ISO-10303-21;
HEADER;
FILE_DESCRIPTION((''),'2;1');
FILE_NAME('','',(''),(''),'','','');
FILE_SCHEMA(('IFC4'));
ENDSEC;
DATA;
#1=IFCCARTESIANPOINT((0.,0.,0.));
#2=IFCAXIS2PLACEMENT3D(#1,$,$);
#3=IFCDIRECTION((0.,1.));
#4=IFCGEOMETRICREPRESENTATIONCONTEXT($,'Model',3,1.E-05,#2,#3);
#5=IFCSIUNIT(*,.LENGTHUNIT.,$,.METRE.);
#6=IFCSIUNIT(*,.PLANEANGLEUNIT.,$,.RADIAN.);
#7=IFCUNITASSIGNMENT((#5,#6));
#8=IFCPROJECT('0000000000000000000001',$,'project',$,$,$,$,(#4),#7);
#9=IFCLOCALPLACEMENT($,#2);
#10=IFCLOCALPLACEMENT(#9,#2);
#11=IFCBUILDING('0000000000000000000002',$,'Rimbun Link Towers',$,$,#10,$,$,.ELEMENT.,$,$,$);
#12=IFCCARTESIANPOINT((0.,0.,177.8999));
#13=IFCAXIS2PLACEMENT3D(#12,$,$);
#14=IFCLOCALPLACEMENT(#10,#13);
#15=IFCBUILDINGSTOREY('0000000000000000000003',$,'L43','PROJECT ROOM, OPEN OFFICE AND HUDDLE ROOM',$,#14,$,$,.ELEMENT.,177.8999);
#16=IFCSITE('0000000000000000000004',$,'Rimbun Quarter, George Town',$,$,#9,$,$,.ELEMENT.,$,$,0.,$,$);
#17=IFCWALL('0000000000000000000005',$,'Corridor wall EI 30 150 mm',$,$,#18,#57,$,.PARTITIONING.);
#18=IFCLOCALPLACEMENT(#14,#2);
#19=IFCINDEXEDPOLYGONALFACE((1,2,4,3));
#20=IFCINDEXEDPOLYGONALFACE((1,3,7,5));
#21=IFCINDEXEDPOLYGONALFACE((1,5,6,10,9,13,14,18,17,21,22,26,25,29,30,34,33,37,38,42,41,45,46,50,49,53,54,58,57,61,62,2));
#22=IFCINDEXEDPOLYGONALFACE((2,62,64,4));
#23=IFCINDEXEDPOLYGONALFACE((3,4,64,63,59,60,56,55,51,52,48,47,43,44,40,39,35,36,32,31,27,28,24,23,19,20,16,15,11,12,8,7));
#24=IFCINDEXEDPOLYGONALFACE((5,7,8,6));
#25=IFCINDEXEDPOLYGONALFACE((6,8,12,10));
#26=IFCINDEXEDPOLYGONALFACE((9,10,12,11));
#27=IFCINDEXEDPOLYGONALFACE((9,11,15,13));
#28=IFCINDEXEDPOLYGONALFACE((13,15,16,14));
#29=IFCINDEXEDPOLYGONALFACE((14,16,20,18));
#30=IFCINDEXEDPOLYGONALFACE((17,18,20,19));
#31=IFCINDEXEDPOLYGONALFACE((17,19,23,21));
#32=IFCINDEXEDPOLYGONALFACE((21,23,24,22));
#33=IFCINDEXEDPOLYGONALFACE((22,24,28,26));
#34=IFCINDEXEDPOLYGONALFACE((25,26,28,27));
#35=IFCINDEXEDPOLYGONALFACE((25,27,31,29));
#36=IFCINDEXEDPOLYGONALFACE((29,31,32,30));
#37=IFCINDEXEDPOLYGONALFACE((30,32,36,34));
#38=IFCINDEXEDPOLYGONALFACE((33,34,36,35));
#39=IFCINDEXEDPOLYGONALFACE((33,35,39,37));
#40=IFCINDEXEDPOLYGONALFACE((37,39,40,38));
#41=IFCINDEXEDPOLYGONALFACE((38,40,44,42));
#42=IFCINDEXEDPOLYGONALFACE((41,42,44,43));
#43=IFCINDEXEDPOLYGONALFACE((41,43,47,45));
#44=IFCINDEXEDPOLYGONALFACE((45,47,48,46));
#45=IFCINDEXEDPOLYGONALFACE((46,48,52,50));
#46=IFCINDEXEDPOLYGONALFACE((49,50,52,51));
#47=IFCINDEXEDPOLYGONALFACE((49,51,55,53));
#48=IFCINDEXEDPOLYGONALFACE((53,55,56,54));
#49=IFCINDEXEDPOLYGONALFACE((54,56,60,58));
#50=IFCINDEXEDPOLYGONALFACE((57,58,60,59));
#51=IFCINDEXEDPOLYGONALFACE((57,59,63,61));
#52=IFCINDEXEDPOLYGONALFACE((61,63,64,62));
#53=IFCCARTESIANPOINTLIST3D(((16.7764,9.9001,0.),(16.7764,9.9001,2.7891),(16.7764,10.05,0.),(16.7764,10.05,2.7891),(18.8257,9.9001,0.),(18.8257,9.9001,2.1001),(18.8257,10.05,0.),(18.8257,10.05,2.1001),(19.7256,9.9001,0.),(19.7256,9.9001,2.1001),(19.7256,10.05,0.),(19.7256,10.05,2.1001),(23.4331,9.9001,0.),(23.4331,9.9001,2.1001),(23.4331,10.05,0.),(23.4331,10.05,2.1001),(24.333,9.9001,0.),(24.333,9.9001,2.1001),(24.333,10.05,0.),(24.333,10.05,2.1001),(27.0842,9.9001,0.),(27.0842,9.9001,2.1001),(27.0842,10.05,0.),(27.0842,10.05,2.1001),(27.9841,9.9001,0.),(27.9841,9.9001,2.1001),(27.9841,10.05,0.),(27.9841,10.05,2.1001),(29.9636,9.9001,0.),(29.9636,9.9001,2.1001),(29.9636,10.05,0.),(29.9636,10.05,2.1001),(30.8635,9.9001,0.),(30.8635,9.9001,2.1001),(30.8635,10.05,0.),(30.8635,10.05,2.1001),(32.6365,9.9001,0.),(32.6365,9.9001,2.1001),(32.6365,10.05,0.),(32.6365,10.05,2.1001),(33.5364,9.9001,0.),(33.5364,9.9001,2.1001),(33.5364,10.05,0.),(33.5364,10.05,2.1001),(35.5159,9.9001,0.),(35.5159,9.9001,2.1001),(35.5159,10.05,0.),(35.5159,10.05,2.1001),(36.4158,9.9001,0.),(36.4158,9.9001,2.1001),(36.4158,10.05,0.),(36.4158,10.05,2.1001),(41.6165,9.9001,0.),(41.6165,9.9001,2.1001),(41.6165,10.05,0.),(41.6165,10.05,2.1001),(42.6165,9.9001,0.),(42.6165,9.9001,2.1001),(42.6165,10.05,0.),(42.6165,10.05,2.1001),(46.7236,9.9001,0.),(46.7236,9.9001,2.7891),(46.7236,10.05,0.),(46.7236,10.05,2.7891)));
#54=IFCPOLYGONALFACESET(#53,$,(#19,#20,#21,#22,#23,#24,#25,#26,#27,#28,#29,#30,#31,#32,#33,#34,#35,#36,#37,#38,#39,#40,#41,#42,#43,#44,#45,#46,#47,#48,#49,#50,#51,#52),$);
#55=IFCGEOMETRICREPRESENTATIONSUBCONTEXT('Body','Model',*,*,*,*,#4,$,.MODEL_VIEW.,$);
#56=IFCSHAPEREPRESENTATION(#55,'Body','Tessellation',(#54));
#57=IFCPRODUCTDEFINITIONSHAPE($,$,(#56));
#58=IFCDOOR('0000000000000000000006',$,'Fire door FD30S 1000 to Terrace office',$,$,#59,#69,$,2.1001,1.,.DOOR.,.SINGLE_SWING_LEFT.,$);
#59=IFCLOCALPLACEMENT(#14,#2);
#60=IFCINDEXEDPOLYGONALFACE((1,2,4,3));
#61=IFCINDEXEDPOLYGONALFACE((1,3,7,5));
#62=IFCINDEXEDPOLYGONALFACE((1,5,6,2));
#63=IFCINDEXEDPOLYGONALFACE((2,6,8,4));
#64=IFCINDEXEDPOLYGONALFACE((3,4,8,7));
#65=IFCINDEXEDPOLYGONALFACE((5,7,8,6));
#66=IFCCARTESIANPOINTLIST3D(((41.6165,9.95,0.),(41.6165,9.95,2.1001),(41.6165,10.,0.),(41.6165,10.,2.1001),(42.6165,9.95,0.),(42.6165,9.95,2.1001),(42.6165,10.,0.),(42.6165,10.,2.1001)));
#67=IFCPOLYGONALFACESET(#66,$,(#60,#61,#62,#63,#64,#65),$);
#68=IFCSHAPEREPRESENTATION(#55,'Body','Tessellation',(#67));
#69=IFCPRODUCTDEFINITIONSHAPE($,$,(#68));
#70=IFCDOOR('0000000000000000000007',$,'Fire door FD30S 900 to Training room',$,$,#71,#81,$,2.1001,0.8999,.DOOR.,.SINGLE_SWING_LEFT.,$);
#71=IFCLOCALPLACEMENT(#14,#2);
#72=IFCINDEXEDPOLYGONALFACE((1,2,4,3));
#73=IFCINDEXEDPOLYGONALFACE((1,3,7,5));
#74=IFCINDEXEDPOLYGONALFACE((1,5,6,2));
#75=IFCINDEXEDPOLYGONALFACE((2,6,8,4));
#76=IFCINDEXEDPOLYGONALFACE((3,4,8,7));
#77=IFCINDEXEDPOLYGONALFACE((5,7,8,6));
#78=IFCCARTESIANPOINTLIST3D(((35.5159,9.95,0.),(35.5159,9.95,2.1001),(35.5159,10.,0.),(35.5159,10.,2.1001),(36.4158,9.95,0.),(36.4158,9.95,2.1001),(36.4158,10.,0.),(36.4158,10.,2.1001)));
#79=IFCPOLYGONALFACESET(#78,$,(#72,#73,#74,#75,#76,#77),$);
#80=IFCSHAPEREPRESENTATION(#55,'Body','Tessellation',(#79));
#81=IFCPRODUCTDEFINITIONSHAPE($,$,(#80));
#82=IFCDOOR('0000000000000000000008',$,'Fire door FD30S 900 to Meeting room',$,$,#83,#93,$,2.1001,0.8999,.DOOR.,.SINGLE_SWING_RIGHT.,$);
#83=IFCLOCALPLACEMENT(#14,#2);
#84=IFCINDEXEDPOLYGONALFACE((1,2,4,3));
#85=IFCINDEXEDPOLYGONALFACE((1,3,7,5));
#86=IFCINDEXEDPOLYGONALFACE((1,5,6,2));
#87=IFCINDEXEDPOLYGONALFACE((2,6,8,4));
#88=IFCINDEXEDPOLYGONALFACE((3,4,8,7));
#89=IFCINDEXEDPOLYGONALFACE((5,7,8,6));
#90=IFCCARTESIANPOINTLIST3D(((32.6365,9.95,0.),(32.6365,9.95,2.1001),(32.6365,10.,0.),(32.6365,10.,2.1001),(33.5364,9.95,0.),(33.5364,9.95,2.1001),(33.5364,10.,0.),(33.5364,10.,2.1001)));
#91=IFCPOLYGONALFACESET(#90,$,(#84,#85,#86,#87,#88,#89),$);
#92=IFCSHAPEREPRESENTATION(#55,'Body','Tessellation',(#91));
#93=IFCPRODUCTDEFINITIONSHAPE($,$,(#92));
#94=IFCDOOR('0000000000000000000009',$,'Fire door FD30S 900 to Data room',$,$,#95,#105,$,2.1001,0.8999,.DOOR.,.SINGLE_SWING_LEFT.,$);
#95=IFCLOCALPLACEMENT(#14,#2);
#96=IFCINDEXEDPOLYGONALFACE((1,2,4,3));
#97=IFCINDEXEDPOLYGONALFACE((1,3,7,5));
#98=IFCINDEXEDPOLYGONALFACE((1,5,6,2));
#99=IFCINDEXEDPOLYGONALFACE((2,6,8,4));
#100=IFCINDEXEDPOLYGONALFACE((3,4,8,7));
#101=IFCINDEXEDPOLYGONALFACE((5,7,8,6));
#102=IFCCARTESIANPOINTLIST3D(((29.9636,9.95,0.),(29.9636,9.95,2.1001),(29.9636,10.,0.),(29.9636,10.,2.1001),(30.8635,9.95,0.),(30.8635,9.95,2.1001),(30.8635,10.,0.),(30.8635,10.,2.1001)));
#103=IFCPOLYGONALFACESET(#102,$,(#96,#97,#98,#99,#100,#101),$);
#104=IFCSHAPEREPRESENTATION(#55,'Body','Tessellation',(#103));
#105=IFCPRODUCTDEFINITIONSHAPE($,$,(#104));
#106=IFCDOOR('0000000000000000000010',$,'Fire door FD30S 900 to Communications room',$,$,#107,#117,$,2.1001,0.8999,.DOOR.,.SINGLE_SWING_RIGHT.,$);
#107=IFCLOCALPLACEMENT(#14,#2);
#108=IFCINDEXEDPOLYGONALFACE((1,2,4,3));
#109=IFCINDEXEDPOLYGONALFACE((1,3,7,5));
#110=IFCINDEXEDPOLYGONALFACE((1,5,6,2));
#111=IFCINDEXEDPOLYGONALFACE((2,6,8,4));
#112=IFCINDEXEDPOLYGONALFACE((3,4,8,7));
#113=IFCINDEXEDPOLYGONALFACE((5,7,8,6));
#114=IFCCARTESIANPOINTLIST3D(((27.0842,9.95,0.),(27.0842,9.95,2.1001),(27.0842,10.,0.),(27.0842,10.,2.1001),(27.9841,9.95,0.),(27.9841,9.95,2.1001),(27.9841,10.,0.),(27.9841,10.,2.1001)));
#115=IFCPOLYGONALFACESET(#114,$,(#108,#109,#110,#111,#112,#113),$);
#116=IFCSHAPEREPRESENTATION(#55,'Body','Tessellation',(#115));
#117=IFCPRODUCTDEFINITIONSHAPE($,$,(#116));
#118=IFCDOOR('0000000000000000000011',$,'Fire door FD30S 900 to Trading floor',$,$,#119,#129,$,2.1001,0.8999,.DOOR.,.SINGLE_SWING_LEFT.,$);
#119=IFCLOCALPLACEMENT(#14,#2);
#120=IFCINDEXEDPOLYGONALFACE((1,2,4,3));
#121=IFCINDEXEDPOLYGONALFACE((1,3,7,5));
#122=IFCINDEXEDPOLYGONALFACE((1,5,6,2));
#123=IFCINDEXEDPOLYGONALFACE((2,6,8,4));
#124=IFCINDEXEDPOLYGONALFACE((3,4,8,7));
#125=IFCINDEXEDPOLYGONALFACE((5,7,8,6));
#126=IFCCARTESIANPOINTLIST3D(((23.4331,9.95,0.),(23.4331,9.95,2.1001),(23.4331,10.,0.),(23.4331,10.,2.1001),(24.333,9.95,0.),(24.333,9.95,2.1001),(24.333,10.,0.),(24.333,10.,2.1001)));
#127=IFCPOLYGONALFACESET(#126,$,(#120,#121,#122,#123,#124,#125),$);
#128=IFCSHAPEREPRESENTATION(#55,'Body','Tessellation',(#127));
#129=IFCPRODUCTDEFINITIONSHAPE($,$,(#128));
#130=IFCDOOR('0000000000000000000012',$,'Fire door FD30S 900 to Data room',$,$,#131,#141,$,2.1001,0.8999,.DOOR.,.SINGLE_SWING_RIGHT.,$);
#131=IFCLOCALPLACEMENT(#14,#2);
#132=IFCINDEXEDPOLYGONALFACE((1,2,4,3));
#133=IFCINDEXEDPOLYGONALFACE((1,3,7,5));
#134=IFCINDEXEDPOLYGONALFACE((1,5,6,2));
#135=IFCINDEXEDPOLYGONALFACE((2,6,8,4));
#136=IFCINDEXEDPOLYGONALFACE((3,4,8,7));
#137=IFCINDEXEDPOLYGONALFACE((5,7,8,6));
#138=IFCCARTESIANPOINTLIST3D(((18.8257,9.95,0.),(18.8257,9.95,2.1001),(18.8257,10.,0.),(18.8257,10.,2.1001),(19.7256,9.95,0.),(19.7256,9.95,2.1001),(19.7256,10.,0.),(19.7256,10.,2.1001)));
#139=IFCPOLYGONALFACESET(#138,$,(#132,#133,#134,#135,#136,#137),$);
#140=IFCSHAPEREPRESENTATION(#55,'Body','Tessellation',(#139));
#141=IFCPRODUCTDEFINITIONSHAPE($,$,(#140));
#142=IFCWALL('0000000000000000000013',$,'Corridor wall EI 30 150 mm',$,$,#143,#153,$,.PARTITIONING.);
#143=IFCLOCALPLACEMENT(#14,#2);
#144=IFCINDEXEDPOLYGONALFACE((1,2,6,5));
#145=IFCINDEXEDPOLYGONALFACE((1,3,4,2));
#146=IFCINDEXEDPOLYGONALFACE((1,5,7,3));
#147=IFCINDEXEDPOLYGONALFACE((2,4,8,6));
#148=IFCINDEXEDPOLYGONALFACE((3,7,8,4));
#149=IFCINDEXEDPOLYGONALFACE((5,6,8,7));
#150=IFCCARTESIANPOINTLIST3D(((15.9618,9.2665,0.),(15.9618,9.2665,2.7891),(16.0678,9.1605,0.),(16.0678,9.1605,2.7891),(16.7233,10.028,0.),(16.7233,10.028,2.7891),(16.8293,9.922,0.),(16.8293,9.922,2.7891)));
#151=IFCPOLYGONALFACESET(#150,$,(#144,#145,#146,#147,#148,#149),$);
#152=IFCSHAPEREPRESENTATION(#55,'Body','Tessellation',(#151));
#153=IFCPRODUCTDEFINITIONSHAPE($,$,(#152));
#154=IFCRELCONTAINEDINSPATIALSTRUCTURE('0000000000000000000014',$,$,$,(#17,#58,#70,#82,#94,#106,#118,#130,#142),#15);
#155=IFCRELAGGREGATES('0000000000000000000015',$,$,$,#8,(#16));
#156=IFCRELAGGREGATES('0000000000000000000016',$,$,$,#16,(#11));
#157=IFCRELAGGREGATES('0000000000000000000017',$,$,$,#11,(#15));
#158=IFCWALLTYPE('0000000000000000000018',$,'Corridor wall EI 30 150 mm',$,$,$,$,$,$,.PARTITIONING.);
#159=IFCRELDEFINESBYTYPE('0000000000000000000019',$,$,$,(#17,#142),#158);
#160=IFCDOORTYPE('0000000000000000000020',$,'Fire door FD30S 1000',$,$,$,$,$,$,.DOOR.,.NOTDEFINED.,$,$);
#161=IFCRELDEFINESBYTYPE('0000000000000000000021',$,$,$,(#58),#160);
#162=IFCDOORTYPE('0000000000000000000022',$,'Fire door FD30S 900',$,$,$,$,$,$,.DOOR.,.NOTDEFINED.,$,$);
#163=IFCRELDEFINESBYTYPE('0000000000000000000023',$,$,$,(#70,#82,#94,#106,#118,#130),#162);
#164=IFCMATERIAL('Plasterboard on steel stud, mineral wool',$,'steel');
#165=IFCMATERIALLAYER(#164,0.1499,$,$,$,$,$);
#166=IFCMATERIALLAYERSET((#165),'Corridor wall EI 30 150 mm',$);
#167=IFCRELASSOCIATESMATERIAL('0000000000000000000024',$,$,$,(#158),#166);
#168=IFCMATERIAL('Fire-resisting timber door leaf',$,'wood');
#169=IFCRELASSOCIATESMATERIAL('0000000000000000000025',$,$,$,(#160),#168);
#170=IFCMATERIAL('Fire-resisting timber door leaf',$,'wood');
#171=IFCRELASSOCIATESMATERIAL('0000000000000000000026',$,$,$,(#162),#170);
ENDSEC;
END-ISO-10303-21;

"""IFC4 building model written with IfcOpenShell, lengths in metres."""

from ifc_helpers import new_model, si_unit, direction, frame, frame_2d, origin, place, context, subcontext, project, spatial, rectangle, extrude, material, layer, layer_set, type_object, element, fill, save


model = new_model("IFC4")

# Units and contexts
model_context = context("Model", 3, precision=1e-05, world=origin(), true_north=direction((0.0, 1.0)))
body_context = subcontext(model_context, "Body", "Model", "MODEL_VIEW")
ifc_project = project(units=[si_unit("LENGTHUNIT", "METRE"), si_unit("PLANEANGLEUNIT", "RADIAN")], contexts=[model_context])

# Site, building, storey
site_placement = place(None, origin())
site = spatial("IfcSite", under=ifc_project, at=site_placement, Name="Rimbun Quarter, George Town", CompositionType="ELEMENT", RefElevation=0.0)
building_placement = place(site_placement, origin())
building = spatial("IfcBuilding", under=site, at=building_placement, Name="Rimbun Link Towers", CompositionType="ELEMENT")
storey_placement = place(building_placement, frame((0.0, 0.0, 177.8999)))
storey = spatial("IfcBuildingStorey", under=building, at=storey_placement, Name="L43", Description="PROJECT ROOM, OPEN OFFICE AND HUDDLE ROOM", CompositionType="ELEMENT", Elevation=177.8999)

# Wall, openings, doors
ifc_material_1 = material(Name="Plasterboard on steel stud, mineral wool", Category="steel")
ifc_layer_1 = layer(ifc_material_1, 0.1499)
ifc_layer_set_1 = layer_set([ifc_layer_1], Name="Corridor wall EI 30 150 mm")
wall_type_1 = type_object("IfcWallType", Name="Corridor wall EI 30 150 mm", PredefinedType="PARTITIONING", material=ifc_layer_set_1)
wall_1_placement = place(storey_placement, frame((16.7764, 9.9751, 0.0), z_axis=(0.0, 0.0, 1.0), x_axis=(1.0, 0.0, 0.0)))
wall_1 = element("IfcWall", 1, at=wall_1_placement, inside=storey, type_object=wall_type_1, Name="Corridor wall EI 30 150 mm", PredefinedType="PARTITIONING", context=body_context, shape_type="SweptSolid", body=[
    extrude(rectangle(XDim=29.9473, YDim=0.1499, at=frame_2d((14.9736, 0.0))), origin(), (0.0, 0.0, 1.0), 2.7891),
])
opening_1_placement = place(wall_1_placement, frame((18.7395, 0.0, 0.0)))
opening_1 = element("IfcOpeningElement", 2, at=opening_1_placement, cuts=wall_1, PredefinedType="OPENING", context=body_context, shape_type="SweptSolid", body=[
    extrude(rectangle(XDim=0.8999, YDim=2.1001, at=frame_2d((0.45, 1.05))), frame((0.0, 0.085, 0.0), z_axis=(0.0, -1.0, 0.0), x_axis=(1.0, 0.0, 0.0)), (0.0, 0.0, 1.0), 0.1699),
])
opening_2_placement = place(wall_1_placement, frame((15.8601, 0.0, 0.0)))
opening_2 = element("IfcOpeningElement", 3, at=opening_2_placement, cuts=wall_1, PredefinedType="OPENING", context=body_context, shape_type="SweptSolid", body=[
    extrude(rectangle(XDim=0.8999, YDim=2.1001, at=frame_2d((0.45, 1.05))), frame((0.0, 0.085, 0.0), z_axis=(0.0, -1.0, 0.0), x_axis=(1.0, 0.0, 0.0)), (0.0, 0.0, 1.0), 0.1699),
])
opening_3_placement = place(wall_1_placement, frame((13.1873, 0.0, 0.0)))
opening_3 = element("IfcOpeningElement", 4, at=opening_3_placement, cuts=wall_1, PredefinedType="OPENING", context=body_context, shape_type="SweptSolid", body=[
    extrude(rectangle(XDim=0.8999, YDim=2.1001, at=frame_2d((0.45, 1.05))), frame((0.0, 0.085, 0.0), z_axis=(0.0, -1.0, 0.0), x_axis=(1.0, 0.0, 0.0)), (0.0, 0.0, 1.0), 0.1699),
])
opening_4_placement = place(wall_1_placement, frame((10.3079, 0.0, 0.0)))
opening_4 = element("IfcOpeningElement", 5, at=opening_4_placement, cuts=wall_1, PredefinedType="OPENING", context=body_context, shape_type="SweptSolid", body=[
    extrude(rectangle(XDim=0.8999, YDim=2.1001, at=frame_2d((0.45, 1.05))), frame((0.0, 0.085, 0.0), z_axis=(0.0, -1.0, 0.0), x_axis=(1.0, 0.0, 0.0)), (0.0, 0.0, 1.0), 0.1699),
])
opening_5_placement = place(wall_1_placement, frame((6.6567, 0.0, 0.0)))
opening_5 = element("IfcOpeningElement", 6, at=opening_5_placement, cuts=wall_1, PredefinedType="OPENING", context=body_context, shape_type="SweptSolid", body=[
    extrude(rectangle(XDim=0.8999, YDim=2.1001, at=frame_2d((0.45, 1.05))), frame((0.0, 0.085, 0.0), z_axis=(0.0, -1.0, 0.0), x_axis=(1.0, 0.0, 0.0)), (0.0, 0.0, 1.0), 0.1699),
])
opening_6_placement = place(wall_1_placement, frame((2.0493, 0.0, 0.0)))
opening_6 = element("IfcOpeningElement", 7, at=opening_6_placement, cuts=wall_1, PredefinedType="OPENING", context=body_context, shape_type="SweptSolid", body=[
    extrude(rectangle(XDim=0.8999, YDim=2.1001, at=frame_2d((0.45, 1.05))), frame((0.0, 0.085, 0.0), z_axis=(0.0, -1.0, 0.0), x_axis=(1.0, 0.0, 0.0)), (0.0, 0.0, 1.0), 0.1699),
])
opening_7_placement = place(wall_1_placement, frame((24.8401, 0.0, 0.0)))
opening_7 = element("IfcOpeningElement", 8, at=opening_7_placement, cuts=wall_1, PredefinedType="OPENING", context=body_context, shape_type="SweptSolid", body=[
    extrude(rectangle(XDim=1.0, YDim=2.1001, at=frame_2d((0.5, 1.05))), frame((0.0, 0.085, 0.0), z_axis=(0.0, -1.0, 0.0), x_axis=(1.0, 0.0, 0.0)), (0.0, 0.0, 1.0), 0.1699),
])
ifc_material_2 = material(Name="Fire-resisting timber door leaf", Category="wood")
door_type_1 = type_object("IfcDoorType", Name="Fire door FD30S 1000", OperationType="NOTDEFINED", PredefinedType="DOOR", material=ifc_material_2)
door_1_placement = place(opening_7_placement, origin())
door_1 = element("IfcDoor", 9, at=door_1_placement, inside=storey, type_object=door_type_1, Name="Fire door FD30S 1000 to Terrace office", OperationType="SINGLE_SWING_LEFT", OverallHeight=2.1001, OverallWidth=1.0, PredefinedType="DOOR", context=body_context, shape_type="SweptSolid", body=[
    extrude(rectangle(XDim=1.0, YDim=2.1001, at=frame_2d((0.5, 1.05))), frame((0.0, 0.0249, 0.0), z_axis=(0.0, -1.0, 0.0), x_axis=(1.0, 0.0, 0.0)), (0.0, 0.0, 1.0), 0.05),
])
fill(opening_7, door_1)
ifc_material_3 = material(Name="Fire-resisting timber door leaf", Category="wood")
door_type_2 = type_object("IfcDoorType", Name="Fire door FD30S 900", OperationType="NOTDEFINED", PredefinedType="DOOR", material=ifc_material_3)
door_2_placement = place(opening_1_placement, origin())
door_2 = element("IfcDoor", 10, at=door_2_placement, inside=storey, type_object=door_type_2, Name="Fire door FD30S 900 to Training room", OperationType="SINGLE_SWING_LEFT", OverallHeight=2.1001, OverallWidth=0.8999, PredefinedType="DOOR", context=body_context, shape_type="SweptSolid", body=[
    extrude(rectangle(XDim=0.8999, YDim=2.1001, at=frame_2d((0.45, 1.05))), frame((0.0, 0.0249, 0.0), z_axis=(0.0, -1.0, 0.0), x_axis=(1.0, 0.0, 0.0)), (0.0, 0.0, 1.0), 0.05),
])
fill(opening_1, door_2)
door_3_placement = place(opening_2_placement, origin())
door_3 = element("IfcDoor", 11, at=door_3_placement, inside=storey, type_object=door_type_2, Name="Fire door FD30S 900 to Meeting room", OperationType="SINGLE_SWING_RIGHT", OverallHeight=2.1001, OverallWidth=0.8999, PredefinedType="DOOR", context=body_context, shape_type="SweptSolid", body=[
    extrude(rectangle(XDim=0.8999, YDim=2.1001, at=frame_2d((0.45, 1.05))), frame((0.0, 0.0249, 0.0), z_axis=(0.0, -1.0, 0.0), x_axis=(1.0, 0.0, 0.0)), (0.0, 0.0, 1.0), 0.05),
])
fill(opening_2, door_3)
door_4_placement = place(opening_3_placement, origin())
door_4 = element("IfcDoor", 12, at=door_4_placement, inside=storey, type_object=door_type_2, Name="Fire door FD30S 900 to Data room", OperationType="SINGLE_SWING_LEFT", OverallHeight=2.1001, OverallWidth=0.8999, PredefinedType="DOOR", context=body_context, shape_type="SweptSolid", body=[
    extrude(rectangle(XDim=0.8999, YDim=2.1001, at=frame_2d((0.45, 1.05))), frame((0.0, 0.0249, 0.0), z_axis=(0.0, -1.0, 0.0), x_axis=(1.0, 0.0, 0.0)), (0.0, 0.0, 1.0), 0.05),
])
fill(opening_3, door_4)
door_5_placement = place(opening_4_placement, origin())
door_5 = element("IfcDoor", 13, at=door_5_placement, inside=storey, type_object=door_type_2, Name="Fire door FD30S 900 to Communications room", OperationType="SINGLE_SWING_RIGHT", OverallHeight=2.1001, OverallWidth=0.8999, PredefinedType="DOOR", context=body_context, shape_type="SweptSolid", body=[
    extrude(rectangle(XDim=0.8999, YDim=2.1001, at=frame_2d((0.45, 1.05))), frame((0.0, 0.0249, 0.0), z_axis=(0.0, -1.0, 0.0), x_axis=(1.0, 0.0, 0.0)), (0.0, 0.0, 1.0), 0.05),
])
fill(opening_4, door_5)
door_6_placement = place(opening_5_placement, origin())
door_6 = element("IfcDoor", 14, at=door_6_placement, inside=storey, type_object=door_type_2, Name="Fire door FD30S 900 to Trading floor", OperationType="SINGLE_SWING_LEFT", OverallHeight=2.1001, OverallWidth=0.8999, PredefinedType="DOOR", context=body_context, shape_type="SweptSolid", body=[
    extrude(rectangle(XDim=0.8999, YDim=2.1001, at=frame_2d((0.45, 1.05))), frame((0.0, 0.0249, 0.0), z_axis=(0.0, -1.0, 0.0), x_axis=(1.0, 0.0, 0.0)), (0.0, 0.0, 1.0), 0.05),
])
fill(opening_5, door_6)
door_7_placement = place(opening_6_placement, origin())
door_7 = element("IfcDoor", 15, at=door_7_placement, inside=storey, type_object=door_type_2, Name="Fire door FD30S 900 to Data room", OperationType="SINGLE_SWING_RIGHT", OverallHeight=2.1001, OverallWidth=0.8999, PredefinedType="DOOR", context=body_context, shape_type="SweptSolid", body=[
    extrude(rectangle(XDim=0.8999, YDim=2.1001, at=frame_2d((0.45, 1.05))), frame((0.0, 0.0249, 0.0), z_axis=(0.0, -1.0, 0.0), x_axis=(1.0, 0.0, 0.0)), (0.0, 0.0, 1.0), 0.05),
])
fill(opening_6, door_7)

# Wall
wall_2_placement = place(storey_placement, frame((16.7764, 9.9751, 0.0), z_axis=(0.0, 0.0, 1.0), x_axis=(-0.707107, -0.707107, 0.0)))
element("IfcWall", 16, at=wall_2_placement, inside=storey, type_object=wall_type_1, Name="Corridor wall EI 30 150 mm", PredefinedType="PARTITIONING", context=body_context, shape_type="SweptSolid", body=[
    extrude(rectangle(XDim=1.0769, YDim=0.1499, at=frame_2d((0.5386, 0.0))), origin(), (0.0, 0.0, 1.0), 2.7891),
])

save(model, "model.ifc")
